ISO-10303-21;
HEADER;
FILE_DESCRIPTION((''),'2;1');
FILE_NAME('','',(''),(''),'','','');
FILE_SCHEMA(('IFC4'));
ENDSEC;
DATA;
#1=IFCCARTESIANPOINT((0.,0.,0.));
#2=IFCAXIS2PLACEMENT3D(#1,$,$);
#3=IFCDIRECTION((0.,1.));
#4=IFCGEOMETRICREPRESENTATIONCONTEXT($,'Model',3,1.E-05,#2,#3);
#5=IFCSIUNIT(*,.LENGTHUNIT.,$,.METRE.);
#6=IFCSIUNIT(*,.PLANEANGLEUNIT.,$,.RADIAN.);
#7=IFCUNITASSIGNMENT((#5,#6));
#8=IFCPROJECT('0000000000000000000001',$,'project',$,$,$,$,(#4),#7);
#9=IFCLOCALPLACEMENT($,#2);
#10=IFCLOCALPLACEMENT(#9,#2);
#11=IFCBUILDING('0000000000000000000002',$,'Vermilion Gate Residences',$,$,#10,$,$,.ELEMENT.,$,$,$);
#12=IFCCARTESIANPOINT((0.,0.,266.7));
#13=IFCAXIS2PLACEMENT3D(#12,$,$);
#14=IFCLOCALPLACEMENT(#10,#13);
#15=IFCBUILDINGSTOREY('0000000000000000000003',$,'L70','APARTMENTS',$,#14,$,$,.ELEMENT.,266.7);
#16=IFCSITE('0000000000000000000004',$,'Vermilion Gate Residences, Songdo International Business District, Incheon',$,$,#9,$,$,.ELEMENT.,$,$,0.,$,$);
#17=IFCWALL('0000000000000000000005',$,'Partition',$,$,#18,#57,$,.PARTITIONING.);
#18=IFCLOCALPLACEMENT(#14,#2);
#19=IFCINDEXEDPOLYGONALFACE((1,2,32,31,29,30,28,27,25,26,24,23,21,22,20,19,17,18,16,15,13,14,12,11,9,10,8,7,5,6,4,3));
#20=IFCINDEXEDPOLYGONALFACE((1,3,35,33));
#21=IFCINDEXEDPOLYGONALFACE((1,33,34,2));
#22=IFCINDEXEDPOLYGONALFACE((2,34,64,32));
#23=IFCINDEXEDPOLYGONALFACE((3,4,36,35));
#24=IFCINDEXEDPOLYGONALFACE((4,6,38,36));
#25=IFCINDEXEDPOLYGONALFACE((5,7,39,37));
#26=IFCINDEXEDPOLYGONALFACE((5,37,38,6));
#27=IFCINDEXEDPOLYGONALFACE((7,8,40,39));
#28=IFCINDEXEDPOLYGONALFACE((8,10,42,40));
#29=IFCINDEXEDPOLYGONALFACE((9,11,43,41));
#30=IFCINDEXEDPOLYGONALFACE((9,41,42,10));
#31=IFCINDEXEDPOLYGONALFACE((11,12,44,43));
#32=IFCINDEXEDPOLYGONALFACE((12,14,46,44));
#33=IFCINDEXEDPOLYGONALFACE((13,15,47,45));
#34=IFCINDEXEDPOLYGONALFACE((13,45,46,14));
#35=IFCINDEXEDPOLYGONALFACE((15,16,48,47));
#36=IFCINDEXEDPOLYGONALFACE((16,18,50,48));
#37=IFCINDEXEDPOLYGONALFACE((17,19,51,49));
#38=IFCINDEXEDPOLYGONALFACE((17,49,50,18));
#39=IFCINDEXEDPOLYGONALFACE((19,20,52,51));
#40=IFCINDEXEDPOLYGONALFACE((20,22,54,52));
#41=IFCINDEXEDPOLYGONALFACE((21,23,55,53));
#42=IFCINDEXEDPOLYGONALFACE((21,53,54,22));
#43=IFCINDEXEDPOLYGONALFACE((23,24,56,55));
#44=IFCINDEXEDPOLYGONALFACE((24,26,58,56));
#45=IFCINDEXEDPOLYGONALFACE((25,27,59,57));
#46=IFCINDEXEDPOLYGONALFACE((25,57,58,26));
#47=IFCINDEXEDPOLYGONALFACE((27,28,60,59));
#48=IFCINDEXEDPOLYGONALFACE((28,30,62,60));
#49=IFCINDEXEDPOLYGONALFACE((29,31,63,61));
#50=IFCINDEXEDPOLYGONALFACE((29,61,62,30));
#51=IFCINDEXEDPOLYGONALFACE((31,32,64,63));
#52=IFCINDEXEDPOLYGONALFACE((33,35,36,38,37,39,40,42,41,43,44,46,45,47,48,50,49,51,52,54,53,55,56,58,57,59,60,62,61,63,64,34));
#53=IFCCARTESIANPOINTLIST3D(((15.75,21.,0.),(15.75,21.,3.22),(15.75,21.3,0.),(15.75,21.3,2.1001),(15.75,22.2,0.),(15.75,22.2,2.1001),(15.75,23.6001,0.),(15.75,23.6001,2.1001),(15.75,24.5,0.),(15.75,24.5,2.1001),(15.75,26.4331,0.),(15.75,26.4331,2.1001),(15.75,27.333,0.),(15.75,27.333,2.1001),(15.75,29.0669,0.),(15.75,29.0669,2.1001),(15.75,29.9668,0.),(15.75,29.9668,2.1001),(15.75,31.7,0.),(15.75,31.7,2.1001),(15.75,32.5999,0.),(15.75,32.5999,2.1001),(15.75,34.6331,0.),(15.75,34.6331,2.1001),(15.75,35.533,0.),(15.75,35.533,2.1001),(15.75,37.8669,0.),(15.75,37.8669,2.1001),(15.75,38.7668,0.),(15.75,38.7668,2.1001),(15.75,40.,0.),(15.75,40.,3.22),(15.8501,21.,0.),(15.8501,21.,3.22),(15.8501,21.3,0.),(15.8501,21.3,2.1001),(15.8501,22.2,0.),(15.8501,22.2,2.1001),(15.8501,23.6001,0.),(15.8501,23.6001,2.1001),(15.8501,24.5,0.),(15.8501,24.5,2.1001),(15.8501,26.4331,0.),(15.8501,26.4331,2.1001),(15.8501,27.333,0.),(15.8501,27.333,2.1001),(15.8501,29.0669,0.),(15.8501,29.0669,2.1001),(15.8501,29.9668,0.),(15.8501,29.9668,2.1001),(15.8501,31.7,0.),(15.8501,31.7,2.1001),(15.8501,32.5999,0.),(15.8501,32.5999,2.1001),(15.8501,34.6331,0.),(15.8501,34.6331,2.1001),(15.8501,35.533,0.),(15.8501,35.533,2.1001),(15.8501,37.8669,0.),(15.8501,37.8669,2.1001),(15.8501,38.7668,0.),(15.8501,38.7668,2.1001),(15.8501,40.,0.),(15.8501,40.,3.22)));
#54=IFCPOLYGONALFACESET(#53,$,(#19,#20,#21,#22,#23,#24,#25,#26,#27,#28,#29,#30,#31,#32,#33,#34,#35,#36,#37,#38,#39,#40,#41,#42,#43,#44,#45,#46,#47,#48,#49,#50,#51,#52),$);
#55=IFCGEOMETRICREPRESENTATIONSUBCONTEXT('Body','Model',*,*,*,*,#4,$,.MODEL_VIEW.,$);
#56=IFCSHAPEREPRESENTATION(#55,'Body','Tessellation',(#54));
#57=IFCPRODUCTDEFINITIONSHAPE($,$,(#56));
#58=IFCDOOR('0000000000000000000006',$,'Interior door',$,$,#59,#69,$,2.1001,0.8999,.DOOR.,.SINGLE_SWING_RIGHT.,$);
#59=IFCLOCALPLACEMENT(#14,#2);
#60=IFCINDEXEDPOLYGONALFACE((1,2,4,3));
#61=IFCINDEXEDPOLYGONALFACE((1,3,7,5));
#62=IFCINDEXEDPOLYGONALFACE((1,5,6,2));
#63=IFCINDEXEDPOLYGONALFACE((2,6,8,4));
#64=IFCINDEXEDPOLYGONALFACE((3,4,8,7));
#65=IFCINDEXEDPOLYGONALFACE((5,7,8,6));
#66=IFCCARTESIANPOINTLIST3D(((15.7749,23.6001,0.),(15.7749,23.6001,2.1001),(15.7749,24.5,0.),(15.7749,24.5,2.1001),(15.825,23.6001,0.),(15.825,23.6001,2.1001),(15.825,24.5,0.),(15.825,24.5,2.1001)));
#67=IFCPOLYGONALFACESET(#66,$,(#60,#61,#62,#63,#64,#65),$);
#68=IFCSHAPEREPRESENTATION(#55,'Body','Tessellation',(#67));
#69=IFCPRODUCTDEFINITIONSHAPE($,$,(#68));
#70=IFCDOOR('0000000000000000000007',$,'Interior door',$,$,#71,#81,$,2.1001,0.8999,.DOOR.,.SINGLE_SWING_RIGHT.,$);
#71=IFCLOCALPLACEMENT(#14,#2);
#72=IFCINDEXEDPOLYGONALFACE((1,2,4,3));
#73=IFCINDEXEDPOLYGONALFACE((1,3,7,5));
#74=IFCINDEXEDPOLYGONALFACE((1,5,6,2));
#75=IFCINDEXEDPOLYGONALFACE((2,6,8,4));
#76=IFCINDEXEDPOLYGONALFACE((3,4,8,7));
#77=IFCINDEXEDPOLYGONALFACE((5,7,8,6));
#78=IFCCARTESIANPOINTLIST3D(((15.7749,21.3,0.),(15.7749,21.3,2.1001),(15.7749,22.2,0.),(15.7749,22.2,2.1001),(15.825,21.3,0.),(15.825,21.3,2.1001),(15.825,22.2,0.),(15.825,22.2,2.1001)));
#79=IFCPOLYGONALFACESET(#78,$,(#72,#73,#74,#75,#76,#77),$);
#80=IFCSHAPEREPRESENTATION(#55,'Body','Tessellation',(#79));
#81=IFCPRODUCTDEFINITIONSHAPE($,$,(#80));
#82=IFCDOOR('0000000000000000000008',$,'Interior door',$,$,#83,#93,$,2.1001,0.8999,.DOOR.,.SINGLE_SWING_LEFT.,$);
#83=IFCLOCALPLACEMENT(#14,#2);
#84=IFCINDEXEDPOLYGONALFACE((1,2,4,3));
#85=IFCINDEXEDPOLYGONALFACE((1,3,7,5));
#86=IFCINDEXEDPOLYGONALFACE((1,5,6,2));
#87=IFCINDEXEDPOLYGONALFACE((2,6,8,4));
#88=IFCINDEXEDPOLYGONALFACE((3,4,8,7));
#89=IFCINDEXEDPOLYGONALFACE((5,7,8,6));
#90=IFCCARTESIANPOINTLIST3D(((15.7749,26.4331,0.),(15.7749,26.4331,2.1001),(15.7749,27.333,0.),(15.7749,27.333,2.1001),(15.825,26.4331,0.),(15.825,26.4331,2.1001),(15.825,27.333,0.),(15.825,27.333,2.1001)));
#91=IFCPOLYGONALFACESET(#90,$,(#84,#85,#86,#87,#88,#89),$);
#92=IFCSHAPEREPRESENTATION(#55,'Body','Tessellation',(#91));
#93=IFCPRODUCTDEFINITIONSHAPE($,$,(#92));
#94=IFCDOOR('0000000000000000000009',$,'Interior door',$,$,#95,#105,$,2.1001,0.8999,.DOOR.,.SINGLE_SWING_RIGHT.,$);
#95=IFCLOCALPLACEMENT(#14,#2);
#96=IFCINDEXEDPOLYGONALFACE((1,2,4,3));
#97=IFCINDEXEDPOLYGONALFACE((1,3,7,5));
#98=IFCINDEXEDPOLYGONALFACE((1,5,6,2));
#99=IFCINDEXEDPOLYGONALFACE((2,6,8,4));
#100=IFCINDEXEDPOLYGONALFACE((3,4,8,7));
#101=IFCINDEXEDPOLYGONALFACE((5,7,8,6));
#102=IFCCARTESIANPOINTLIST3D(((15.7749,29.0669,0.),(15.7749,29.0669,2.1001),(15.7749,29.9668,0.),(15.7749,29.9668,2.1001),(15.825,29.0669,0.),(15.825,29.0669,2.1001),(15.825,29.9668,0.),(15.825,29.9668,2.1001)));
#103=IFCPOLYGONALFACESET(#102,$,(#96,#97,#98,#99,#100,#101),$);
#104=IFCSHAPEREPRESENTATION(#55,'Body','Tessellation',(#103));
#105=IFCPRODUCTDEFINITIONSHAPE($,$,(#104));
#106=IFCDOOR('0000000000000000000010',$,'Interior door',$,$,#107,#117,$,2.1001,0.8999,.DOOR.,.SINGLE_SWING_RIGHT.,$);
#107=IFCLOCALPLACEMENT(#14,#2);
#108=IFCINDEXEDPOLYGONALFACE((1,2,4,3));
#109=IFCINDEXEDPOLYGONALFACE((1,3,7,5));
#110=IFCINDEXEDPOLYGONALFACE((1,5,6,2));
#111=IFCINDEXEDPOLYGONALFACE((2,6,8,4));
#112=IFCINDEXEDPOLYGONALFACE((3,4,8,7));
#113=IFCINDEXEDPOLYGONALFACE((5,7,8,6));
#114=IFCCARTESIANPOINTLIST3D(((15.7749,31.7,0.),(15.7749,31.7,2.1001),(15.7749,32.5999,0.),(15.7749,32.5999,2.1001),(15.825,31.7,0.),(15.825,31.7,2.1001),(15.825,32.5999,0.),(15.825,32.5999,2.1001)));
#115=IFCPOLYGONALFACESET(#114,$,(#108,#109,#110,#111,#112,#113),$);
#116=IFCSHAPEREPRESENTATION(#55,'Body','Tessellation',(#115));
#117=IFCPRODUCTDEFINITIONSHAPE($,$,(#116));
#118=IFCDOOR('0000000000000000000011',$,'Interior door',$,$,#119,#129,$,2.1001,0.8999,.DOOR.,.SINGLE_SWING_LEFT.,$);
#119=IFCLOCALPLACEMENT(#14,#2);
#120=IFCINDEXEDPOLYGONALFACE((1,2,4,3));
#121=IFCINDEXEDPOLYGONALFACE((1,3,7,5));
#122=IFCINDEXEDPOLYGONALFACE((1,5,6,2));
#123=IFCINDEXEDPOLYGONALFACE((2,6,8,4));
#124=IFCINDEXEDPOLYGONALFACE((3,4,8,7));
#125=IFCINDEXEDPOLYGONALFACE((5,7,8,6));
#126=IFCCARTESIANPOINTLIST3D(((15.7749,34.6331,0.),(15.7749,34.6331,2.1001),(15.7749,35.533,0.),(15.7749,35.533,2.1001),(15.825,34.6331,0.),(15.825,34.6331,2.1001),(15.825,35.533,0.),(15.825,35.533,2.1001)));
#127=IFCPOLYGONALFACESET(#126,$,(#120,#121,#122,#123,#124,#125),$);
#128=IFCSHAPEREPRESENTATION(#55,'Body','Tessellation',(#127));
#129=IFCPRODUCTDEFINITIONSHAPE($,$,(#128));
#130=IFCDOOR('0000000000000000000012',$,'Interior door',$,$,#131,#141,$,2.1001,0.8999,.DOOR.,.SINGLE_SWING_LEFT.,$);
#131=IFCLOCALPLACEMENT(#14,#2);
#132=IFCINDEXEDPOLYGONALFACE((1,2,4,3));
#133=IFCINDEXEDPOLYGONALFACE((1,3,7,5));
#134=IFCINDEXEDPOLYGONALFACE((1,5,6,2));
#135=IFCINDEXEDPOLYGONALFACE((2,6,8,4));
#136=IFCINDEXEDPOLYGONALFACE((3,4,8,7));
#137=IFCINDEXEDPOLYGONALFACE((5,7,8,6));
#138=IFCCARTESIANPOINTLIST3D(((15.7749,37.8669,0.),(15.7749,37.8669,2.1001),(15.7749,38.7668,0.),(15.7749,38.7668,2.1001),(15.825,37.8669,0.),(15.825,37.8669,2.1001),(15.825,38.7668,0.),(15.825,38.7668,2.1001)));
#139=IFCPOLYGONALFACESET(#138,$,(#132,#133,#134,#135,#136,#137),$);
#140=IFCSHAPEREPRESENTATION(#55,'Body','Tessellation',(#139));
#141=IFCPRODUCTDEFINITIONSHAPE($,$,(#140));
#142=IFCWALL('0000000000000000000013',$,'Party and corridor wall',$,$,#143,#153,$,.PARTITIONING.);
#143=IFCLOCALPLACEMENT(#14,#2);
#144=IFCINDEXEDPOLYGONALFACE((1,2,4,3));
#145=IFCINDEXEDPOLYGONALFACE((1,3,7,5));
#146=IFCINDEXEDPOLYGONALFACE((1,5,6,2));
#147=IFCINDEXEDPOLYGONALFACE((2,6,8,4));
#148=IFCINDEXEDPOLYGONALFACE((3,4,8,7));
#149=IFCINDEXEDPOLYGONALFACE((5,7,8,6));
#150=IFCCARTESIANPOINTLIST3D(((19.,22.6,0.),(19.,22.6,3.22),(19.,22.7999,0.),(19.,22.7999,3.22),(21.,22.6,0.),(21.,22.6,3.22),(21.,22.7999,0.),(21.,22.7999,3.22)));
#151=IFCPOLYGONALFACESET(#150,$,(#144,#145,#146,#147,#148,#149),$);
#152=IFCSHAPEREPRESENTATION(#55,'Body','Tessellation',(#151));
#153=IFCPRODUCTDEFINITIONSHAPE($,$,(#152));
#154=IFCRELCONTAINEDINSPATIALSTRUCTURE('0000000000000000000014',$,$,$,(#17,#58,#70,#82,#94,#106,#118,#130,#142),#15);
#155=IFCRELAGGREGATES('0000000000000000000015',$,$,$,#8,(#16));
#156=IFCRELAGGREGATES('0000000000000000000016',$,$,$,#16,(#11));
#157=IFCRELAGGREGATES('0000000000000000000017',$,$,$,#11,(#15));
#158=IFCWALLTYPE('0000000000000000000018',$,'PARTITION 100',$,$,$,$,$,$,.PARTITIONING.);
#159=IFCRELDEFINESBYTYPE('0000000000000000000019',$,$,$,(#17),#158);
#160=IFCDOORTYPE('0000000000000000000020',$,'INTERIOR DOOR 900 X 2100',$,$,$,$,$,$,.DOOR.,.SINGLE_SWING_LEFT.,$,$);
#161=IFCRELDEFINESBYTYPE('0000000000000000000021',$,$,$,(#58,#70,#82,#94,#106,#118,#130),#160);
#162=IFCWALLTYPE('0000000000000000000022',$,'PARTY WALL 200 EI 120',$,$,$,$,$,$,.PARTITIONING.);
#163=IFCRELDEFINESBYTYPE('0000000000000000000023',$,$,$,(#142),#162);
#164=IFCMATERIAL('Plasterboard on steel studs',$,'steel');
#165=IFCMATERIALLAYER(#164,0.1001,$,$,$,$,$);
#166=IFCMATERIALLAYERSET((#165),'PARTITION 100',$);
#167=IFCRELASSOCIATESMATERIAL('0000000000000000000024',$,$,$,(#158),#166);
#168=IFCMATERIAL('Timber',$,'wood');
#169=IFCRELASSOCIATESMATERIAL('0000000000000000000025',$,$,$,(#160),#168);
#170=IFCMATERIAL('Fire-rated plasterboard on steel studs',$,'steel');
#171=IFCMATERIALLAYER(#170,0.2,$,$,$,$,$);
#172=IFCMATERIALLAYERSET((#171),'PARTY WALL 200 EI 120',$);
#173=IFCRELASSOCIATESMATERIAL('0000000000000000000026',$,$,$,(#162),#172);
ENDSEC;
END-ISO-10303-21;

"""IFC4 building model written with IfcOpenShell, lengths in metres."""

from ifc_helpers import new_model, si_unit, direction, frame, frame_2d, origin, place, context, subcontext, project, spatial, rectangle, extrude, material, layer, layer_set, type_object, element, fill, save


model = new_model("IFC4")

# Units and contexts
model_context = context("Model", 3, precision=1e-05, world=origin(), true_north=direction((0.0, 1.0)))
body_context = subcontext(model_context, "Body", "Model", "MODEL_VIEW")
ifc_project = project(units=[si_unit("LENGTHUNIT", "METRE"), si_unit("PLANEANGLEUNIT", "RADIAN")], contexts=[model_context])

# Site, building, storey
site_placement = place(None, origin())
site = spatial("IfcSite", under=ifc_project, at=site_placement, Name="Vermilion Gate Residences, Songdo International Business District, Incheon", CompositionType="ELEMENT", RefElevation=0.0)
building_placement = place(site_placement, origin())
building = spatial("IfcBuilding", under=site, at=building_placement, Name="Vermilion Gate Residences", CompositionType="ELEMENT")
storey_placement = place(building_placement, frame((0.0, 0.0, 266.7)))
storey = spatial("IfcBuildingStorey", under=building, at=storey_placement, Name="L70", Description="APARTMENTS", CompositionType="ELEMENT", Elevation=266.7)

# Shared definitions
ifc_material_1 = material(Name="Plasterboard on steel studs", Category="steel")
ifc_layer_1 = layer(ifc_material_1, 0.1001)
ifc_layer_set_1 = layer_set([ifc_layer_1], Name="PARTITION 100")
wall_type_1 = type_object("IfcWallType", Name="PARTITION 100", PredefinedType="PARTITIONING", material=ifc_layer_set_1)

# Wall, openings, doors
ifc_material_2 = material(Name="Timber", Category="wood")
door_type_1 = type_object("IfcDoorType", Name="INTERIOR DOOR 900 X 2100", OperationType="SINGLE_SWING_LEFT", PredefinedType="DOOR", material=ifc_material_2)
wall_1_placement = place(storey_placement, frame((15.8, 21.0, 0.0), z_axis=(0.0, 0.0, 1.0), x_axis=(0.0, 1.0, 0.0)))
wall_1 = element("IfcWall", 1, at=wall_1_placement, inside=storey, type_object=wall_type_1, Name="Partition", PredefinedType="PARTITIONING", context=body_context, shape_type="SweptSolid", body=[
    extrude(rectangle(XDim=19.0, YDim=0.1001, at=frame_2d((9.5, 0.0))), origin(), (0.0, 0.0, 1.0), 3.22),
])
opening_1_placement = place(wall_1_placement, frame((2.6001, 0.0, 0.0)))
opening_1 = element("IfcOpeningElement", 2, at=opening_1_placement, cuts=wall_1, PredefinedType="OPENING", context=body_context, shape_type="SweptSolid", body=[
    extrude(rectangle(XDim=0.8999, YDim=2.1001, at=frame_2d((0.45, 1.05))), frame((0.0, 0.0601, 0.0), z_axis=(0.0, -1.0, 0.0), x_axis=(1.0, 0.0, 0.0)), (0.0, 0.0, 1.0), 0.1201),
])
opening_2_placement = place(wall_1_placement, frame((0.3, 0.0, 0.0)))
opening_2 = element("IfcOpeningElement", 3, at=opening_2_placement, cuts=wall_1, PredefinedType="OPENING", context=body_context, shape_type="SweptSolid", body=[
    extrude(rectangle(XDim=0.8999, YDim=2.1001, at=frame_2d((0.45, 1.05))), frame((0.0, 0.0601, 0.0), z_axis=(0.0, -1.0, 0.0), x_axis=(1.0, 0.0, 0.0)), (0.0, 0.0, 1.0), 0.1201),
])
opening_3_placement = place(wall_1_placement, frame((5.4331, 0.0, 0.0)))
opening_3 = element("IfcOpeningElement", 4, at=opening_3_placement, cuts=wall_1, PredefinedType="OPENING", context=body_context, shape_type="SweptSolid", body=[
    extrude(rectangle(XDim=0.8999, YDim=2.1001, at=frame_2d((0.45, 1.05))), frame((0.0, 0.0601, 0.0), z_axis=(0.0, -1.0, 0.0), x_axis=(1.0, 0.0, 0.0)), (0.0, 0.0, 1.0), 0.1201),
])
opening_4_placement = place(wall_1_placement, frame((8.0669, 0.0, 0.0)))
opening_4 = element("IfcOpeningElement", 5, at=opening_4_placement, cuts=wall_1, PredefinedType="OPENING", context=body_context, shape_type="SweptSolid", body=[
    extrude(rectangle(XDim=0.8999, YDim=2.1001, at=frame_2d((0.45, 1.05))), frame((0.0, 0.0601, 0.0), z_axis=(0.0, -1.0, 0.0), x_axis=(1.0, 0.0, 0.0)), (0.0, 0.0, 1.0), 0.1201),
])
opening_5_placement = place(wall_1_placement, frame((10.7, 0.0, 0.0)))
opening_5 = element("IfcOpeningElement", 6, at=opening_5_placement, cuts=wall_1, PredefinedType="OPENING", context=body_context, shape_type="SweptSolid", body=[
    extrude(rectangle(XDim=0.8999, YDim=2.1001, at=frame_2d((0.45, 1.05))), frame((0.0, 0.0601, 0.0), z_axis=(0.0, -1.0, 0.0), x_axis=(1.0, 0.0, 0.0)), (0.0, 0.0, 1.0), 0.1201),
])
opening_6_placement = place(wall_1_placement, frame((13.6331, 0.0, 0.0)))
opening_6 = element("IfcOpeningElement", 7, at=opening_6_placement, cuts=wall_1, PredefinedType="OPENING", context=body_context, shape_type="SweptSolid", body=[
    extrude(rectangle(XDim=0.8999, YDim=2.1001, at=frame_2d((0.45, 1.05))), frame((0.0, 0.0601, 0.0), z_axis=(0.0, -1.0, 0.0), x_axis=(1.0, 0.0, 0.0)), (0.0, 0.0, 1.0), 0.1201),
])
opening_7_placement = place(wall_1_placement, frame((16.8669, 0.0, 0.0)))
opening_7 = element("IfcOpeningElement", 8, at=opening_7_placement, cuts=wall_1, PredefinedType="OPENING", context=body_context, shape_type="SweptSolid", body=[
    extrude(rectangle(XDim=0.8999, YDim=2.1001, at=frame_2d((0.45, 1.05))), frame((0.0, 0.0601, 0.0), z_axis=(0.0, -1.0, 0.0), x_axis=(1.0, 0.0, 0.0)), (0.0, 0.0, 1.0), 0.1201),
])
door_1_placement = place(opening_1_placement, frame((0.8999, 0.0, 0.0), z_axis=(0.0, 0.0, 1.0), x_axis=(-1.0, 0.0, 0.0)))
door_1 = element("IfcDoor", 9, at=door_1_placement, inside=storey, type_object=door_type_1, Name="Interior door", OperationType="SINGLE_SWING_RIGHT", OverallHeight=2.1001, OverallWidth=0.8999, PredefinedType="DOOR", context=body_context, shape_type="SweptSolid", body=[
    extrude(rectangle(XDim=0.8999, YDim=2.1001, at=frame_2d((0.45, 1.05))), frame((0.0, 0.0249, 0.0), z_axis=(0.0, -1.0, 0.0), x_axis=(1.0, 0.0, 0.0)), (0.0, 0.0, 1.0), 0.05),
])
fill(opening_1, door_1)
door_2_placement = place(opening_2_placement, frame((0.8999, 0.0, 0.0), z_axis=(0.0, 0.0, 1.0), x_axis=(-1.0, 0.0, 0.0)))
door_2 = element("IfcDoor", 10, at=door_2_placement, inside=storey, type_object=door_type_1, Name="Interior door", OperationType="SINGLE_SWING_RIGHT", OverallHeight=2.1001, OverallWidth=0.8999, PredefinedType="DOOR", context=body_context, shape_type="SweptSolid", body=[
    extrude(rectangle(XDim=0.8999, YDim=2.1001, at=frame_2d((0.45, 1.05))), frame((0.0, 0.0249, 0.0), z_axis=(0.0, -1.0, 0.0), x_axis=(1.0, 0.0, 0.0)), (0.0, 0.0, 1.0), 0.05),
])
fill(opening_2, door_2)
door_3_placement = place(opening_3_placement, frame((0.8999, 0.0, 0.0), z_axis=(0.0, 0.0, 1.0), x_axis=(-1.0, 0.0, 0.0)))
door_3 = element("IfcDoor", 11, at=door_3_placement, inside=storey, type_object=door_type_1, Name="Interior door", OperationType="SINGLE_SWING_LEFT", OverallHeight=2.1001, OverallWidth=0.8999, PredefinedType="DOOR", context=body_context, shape_type="SweptSolid", body=[
    extrude(rectangle(XDim=0.8999, YDim=2.1001, at=frame_2d((0.45, 1.05))), frame((0.0, 0.0249, 0.0), z_axis=(0.0, -1.0, 0.0), x_axis=(1.0, 0.0, 0.0)), (0.0, 0.0, 1.0), 0.05),
])
fill(opening_3, door_3)
door_4_placement = place(opening_4_placement, frame((0.8999, 0.0, 0.0), z_axis=(0.0, 0.0, 1.0), x_axis=(-1.0, 0.0, 0.0)))
door_4 = element("IfcDoor", 12, at=door_4_placement, inside=storey, type_object=door_type_1, Name="Interior door", OperationType="SINGLE_SWING_RIGHT", OverallHeight=2.1001, OverallWidth=0.8999, PredefinedType="DOOR", context=body_context, shape_type="SweptSolid", body=[
    extrude(rectangle(XDim=0.8999, YDim=2.1001, at=frame_2d((0.45, 1.05))), frame((0.0, 0.0249, 0.0), z_axis=(0.0, -1.0, 0.0), x_axis=(1.0, 0.0, 0.0)), (0.0, 0.0, 1.0), 0.05),
])
fill(opening_4, door_4)
door_5_placement = place(opening_5_placement, frame((0.8999, 0.0, 0.0), z_axis=(0.0, 0.0, 1.0), x_axis=(-1.0, 0.0, 0.0)))
door_5 = element("IfcDoor", 13, at=door_5_placement, inside=storey, type_object=door_type_1, Name="Interior door", OperationType="SINGLE_SWING_RIGHT", OverallHeight=2.1001, OverallWidth=0.8999, PredefinedType="DOOR", context=body_context, shape_type="SweptSolid", body=[
    extrude(rectangle(XDim=0.8999, YDim=2.1001, at=frame_2d((0.45, 1.05))), frame((0.0, 0.0249, 0.0), z_axis=(0.0, -1.0, 0.0), x_axis=(1.0, 0.0, 0.0)), (0.0, 0.0, 1.0), 0.05),
])
fill(opening_5, door_5)
door_6_placement = place(opening_6_placement, frame((0.8999, 0.0, 0.0), z_axis=(0.0, 0.0, 1.0), x_axis=(-1.0, 0.0, 0.0)))
door_6 = element("IfcDoor", 14, at=door_6_placement, inside=storey, type_object=door_type_1, Name="Interior door", OperationType="SINGLE_SWING_LEFT", OverallHeight=2.1001, OverallWidth=0.8999, PredefinedType="DOOR", context=body_context, shape_type="SweptSolid", body=[
    extrude(rectangle(XDim=0.8999, YDim=2.1001, at=frame_2d((0.45, 1.05))), frame((0.0, 0.0249, 0.0), z_axis=(0.0, -1.0, 0.0), x_axis=(1.0, 0.0, 0.0)), (0.0, 0.0, 1.0), 0.05),
])
fill(opening_6, door_6)
door_7_placement = place(opening_7_placement, frame((0.8999, 0.0, 0.0), z_axis=(0.0, 0.0, 1.0), x_axis=(-1.0, 0.0, 0.0)))
door_7 = element("IfcDoor", 15, at=door_7_placement, inside=storey, type_object=door_type_1, Name="Interior door", OperationType="SINGLE_SWING_LEFT", OverallHeight=2.1001, OverallWidth=0.8999, PredefinedType="DOOR", context=body_context, shape_type="SweptSolid", body=[
    extrude(rectangle(XDim=0.8999, YDim=2.1001, at=frame_2d((0.45, 1.05))), frame((0.0, 0.0249, 0.0), z_axis=(0.0, -1.0, 0.0), x_axis=(1.0, 0.0, 0.0)), (0.0, 0.0, 1.0), 0.05),
])
fill(opening_7, door_7)

# Wall
ifc_material_3 = material(Name="Fire-rated plasterboard on steel studs", Category="steel")
ifc_layer_2 = layer(ifc_material_3, 0.2)
ifc_layer_set_2 = layer_set([ifc_layer_2], Name="PARTY WALL 200 EI 120")
wall_type_2 = type_object("IfcWallType", Name="PARTY WALL 200 EI 120", PredefinedType="PARTITIONING", material=ifc_layer_set_2)
wall_2_placement = place(storey_placement, frame((19.0, 22.7, 0.0), z_axis=(0.0, 0.0, 1.0), x_axis=(1.0, 0.0, 0.0)))
element("IfcWall", 16, at=wall_2_placement, inside=storey, type_object=wall_type_2, Name="Party and corridor wall", PredefinedType="PARTITIONING", context=body_context, shape_type="SweptSolid", body=[
    extrude(rectangle(XDim=2.0, YDim=0.2, at=frame_2d((1.0, 0.0))), origin(), (0.0, 0.0, 1.0), 3.22),
])

save(model, "model.ifc")
